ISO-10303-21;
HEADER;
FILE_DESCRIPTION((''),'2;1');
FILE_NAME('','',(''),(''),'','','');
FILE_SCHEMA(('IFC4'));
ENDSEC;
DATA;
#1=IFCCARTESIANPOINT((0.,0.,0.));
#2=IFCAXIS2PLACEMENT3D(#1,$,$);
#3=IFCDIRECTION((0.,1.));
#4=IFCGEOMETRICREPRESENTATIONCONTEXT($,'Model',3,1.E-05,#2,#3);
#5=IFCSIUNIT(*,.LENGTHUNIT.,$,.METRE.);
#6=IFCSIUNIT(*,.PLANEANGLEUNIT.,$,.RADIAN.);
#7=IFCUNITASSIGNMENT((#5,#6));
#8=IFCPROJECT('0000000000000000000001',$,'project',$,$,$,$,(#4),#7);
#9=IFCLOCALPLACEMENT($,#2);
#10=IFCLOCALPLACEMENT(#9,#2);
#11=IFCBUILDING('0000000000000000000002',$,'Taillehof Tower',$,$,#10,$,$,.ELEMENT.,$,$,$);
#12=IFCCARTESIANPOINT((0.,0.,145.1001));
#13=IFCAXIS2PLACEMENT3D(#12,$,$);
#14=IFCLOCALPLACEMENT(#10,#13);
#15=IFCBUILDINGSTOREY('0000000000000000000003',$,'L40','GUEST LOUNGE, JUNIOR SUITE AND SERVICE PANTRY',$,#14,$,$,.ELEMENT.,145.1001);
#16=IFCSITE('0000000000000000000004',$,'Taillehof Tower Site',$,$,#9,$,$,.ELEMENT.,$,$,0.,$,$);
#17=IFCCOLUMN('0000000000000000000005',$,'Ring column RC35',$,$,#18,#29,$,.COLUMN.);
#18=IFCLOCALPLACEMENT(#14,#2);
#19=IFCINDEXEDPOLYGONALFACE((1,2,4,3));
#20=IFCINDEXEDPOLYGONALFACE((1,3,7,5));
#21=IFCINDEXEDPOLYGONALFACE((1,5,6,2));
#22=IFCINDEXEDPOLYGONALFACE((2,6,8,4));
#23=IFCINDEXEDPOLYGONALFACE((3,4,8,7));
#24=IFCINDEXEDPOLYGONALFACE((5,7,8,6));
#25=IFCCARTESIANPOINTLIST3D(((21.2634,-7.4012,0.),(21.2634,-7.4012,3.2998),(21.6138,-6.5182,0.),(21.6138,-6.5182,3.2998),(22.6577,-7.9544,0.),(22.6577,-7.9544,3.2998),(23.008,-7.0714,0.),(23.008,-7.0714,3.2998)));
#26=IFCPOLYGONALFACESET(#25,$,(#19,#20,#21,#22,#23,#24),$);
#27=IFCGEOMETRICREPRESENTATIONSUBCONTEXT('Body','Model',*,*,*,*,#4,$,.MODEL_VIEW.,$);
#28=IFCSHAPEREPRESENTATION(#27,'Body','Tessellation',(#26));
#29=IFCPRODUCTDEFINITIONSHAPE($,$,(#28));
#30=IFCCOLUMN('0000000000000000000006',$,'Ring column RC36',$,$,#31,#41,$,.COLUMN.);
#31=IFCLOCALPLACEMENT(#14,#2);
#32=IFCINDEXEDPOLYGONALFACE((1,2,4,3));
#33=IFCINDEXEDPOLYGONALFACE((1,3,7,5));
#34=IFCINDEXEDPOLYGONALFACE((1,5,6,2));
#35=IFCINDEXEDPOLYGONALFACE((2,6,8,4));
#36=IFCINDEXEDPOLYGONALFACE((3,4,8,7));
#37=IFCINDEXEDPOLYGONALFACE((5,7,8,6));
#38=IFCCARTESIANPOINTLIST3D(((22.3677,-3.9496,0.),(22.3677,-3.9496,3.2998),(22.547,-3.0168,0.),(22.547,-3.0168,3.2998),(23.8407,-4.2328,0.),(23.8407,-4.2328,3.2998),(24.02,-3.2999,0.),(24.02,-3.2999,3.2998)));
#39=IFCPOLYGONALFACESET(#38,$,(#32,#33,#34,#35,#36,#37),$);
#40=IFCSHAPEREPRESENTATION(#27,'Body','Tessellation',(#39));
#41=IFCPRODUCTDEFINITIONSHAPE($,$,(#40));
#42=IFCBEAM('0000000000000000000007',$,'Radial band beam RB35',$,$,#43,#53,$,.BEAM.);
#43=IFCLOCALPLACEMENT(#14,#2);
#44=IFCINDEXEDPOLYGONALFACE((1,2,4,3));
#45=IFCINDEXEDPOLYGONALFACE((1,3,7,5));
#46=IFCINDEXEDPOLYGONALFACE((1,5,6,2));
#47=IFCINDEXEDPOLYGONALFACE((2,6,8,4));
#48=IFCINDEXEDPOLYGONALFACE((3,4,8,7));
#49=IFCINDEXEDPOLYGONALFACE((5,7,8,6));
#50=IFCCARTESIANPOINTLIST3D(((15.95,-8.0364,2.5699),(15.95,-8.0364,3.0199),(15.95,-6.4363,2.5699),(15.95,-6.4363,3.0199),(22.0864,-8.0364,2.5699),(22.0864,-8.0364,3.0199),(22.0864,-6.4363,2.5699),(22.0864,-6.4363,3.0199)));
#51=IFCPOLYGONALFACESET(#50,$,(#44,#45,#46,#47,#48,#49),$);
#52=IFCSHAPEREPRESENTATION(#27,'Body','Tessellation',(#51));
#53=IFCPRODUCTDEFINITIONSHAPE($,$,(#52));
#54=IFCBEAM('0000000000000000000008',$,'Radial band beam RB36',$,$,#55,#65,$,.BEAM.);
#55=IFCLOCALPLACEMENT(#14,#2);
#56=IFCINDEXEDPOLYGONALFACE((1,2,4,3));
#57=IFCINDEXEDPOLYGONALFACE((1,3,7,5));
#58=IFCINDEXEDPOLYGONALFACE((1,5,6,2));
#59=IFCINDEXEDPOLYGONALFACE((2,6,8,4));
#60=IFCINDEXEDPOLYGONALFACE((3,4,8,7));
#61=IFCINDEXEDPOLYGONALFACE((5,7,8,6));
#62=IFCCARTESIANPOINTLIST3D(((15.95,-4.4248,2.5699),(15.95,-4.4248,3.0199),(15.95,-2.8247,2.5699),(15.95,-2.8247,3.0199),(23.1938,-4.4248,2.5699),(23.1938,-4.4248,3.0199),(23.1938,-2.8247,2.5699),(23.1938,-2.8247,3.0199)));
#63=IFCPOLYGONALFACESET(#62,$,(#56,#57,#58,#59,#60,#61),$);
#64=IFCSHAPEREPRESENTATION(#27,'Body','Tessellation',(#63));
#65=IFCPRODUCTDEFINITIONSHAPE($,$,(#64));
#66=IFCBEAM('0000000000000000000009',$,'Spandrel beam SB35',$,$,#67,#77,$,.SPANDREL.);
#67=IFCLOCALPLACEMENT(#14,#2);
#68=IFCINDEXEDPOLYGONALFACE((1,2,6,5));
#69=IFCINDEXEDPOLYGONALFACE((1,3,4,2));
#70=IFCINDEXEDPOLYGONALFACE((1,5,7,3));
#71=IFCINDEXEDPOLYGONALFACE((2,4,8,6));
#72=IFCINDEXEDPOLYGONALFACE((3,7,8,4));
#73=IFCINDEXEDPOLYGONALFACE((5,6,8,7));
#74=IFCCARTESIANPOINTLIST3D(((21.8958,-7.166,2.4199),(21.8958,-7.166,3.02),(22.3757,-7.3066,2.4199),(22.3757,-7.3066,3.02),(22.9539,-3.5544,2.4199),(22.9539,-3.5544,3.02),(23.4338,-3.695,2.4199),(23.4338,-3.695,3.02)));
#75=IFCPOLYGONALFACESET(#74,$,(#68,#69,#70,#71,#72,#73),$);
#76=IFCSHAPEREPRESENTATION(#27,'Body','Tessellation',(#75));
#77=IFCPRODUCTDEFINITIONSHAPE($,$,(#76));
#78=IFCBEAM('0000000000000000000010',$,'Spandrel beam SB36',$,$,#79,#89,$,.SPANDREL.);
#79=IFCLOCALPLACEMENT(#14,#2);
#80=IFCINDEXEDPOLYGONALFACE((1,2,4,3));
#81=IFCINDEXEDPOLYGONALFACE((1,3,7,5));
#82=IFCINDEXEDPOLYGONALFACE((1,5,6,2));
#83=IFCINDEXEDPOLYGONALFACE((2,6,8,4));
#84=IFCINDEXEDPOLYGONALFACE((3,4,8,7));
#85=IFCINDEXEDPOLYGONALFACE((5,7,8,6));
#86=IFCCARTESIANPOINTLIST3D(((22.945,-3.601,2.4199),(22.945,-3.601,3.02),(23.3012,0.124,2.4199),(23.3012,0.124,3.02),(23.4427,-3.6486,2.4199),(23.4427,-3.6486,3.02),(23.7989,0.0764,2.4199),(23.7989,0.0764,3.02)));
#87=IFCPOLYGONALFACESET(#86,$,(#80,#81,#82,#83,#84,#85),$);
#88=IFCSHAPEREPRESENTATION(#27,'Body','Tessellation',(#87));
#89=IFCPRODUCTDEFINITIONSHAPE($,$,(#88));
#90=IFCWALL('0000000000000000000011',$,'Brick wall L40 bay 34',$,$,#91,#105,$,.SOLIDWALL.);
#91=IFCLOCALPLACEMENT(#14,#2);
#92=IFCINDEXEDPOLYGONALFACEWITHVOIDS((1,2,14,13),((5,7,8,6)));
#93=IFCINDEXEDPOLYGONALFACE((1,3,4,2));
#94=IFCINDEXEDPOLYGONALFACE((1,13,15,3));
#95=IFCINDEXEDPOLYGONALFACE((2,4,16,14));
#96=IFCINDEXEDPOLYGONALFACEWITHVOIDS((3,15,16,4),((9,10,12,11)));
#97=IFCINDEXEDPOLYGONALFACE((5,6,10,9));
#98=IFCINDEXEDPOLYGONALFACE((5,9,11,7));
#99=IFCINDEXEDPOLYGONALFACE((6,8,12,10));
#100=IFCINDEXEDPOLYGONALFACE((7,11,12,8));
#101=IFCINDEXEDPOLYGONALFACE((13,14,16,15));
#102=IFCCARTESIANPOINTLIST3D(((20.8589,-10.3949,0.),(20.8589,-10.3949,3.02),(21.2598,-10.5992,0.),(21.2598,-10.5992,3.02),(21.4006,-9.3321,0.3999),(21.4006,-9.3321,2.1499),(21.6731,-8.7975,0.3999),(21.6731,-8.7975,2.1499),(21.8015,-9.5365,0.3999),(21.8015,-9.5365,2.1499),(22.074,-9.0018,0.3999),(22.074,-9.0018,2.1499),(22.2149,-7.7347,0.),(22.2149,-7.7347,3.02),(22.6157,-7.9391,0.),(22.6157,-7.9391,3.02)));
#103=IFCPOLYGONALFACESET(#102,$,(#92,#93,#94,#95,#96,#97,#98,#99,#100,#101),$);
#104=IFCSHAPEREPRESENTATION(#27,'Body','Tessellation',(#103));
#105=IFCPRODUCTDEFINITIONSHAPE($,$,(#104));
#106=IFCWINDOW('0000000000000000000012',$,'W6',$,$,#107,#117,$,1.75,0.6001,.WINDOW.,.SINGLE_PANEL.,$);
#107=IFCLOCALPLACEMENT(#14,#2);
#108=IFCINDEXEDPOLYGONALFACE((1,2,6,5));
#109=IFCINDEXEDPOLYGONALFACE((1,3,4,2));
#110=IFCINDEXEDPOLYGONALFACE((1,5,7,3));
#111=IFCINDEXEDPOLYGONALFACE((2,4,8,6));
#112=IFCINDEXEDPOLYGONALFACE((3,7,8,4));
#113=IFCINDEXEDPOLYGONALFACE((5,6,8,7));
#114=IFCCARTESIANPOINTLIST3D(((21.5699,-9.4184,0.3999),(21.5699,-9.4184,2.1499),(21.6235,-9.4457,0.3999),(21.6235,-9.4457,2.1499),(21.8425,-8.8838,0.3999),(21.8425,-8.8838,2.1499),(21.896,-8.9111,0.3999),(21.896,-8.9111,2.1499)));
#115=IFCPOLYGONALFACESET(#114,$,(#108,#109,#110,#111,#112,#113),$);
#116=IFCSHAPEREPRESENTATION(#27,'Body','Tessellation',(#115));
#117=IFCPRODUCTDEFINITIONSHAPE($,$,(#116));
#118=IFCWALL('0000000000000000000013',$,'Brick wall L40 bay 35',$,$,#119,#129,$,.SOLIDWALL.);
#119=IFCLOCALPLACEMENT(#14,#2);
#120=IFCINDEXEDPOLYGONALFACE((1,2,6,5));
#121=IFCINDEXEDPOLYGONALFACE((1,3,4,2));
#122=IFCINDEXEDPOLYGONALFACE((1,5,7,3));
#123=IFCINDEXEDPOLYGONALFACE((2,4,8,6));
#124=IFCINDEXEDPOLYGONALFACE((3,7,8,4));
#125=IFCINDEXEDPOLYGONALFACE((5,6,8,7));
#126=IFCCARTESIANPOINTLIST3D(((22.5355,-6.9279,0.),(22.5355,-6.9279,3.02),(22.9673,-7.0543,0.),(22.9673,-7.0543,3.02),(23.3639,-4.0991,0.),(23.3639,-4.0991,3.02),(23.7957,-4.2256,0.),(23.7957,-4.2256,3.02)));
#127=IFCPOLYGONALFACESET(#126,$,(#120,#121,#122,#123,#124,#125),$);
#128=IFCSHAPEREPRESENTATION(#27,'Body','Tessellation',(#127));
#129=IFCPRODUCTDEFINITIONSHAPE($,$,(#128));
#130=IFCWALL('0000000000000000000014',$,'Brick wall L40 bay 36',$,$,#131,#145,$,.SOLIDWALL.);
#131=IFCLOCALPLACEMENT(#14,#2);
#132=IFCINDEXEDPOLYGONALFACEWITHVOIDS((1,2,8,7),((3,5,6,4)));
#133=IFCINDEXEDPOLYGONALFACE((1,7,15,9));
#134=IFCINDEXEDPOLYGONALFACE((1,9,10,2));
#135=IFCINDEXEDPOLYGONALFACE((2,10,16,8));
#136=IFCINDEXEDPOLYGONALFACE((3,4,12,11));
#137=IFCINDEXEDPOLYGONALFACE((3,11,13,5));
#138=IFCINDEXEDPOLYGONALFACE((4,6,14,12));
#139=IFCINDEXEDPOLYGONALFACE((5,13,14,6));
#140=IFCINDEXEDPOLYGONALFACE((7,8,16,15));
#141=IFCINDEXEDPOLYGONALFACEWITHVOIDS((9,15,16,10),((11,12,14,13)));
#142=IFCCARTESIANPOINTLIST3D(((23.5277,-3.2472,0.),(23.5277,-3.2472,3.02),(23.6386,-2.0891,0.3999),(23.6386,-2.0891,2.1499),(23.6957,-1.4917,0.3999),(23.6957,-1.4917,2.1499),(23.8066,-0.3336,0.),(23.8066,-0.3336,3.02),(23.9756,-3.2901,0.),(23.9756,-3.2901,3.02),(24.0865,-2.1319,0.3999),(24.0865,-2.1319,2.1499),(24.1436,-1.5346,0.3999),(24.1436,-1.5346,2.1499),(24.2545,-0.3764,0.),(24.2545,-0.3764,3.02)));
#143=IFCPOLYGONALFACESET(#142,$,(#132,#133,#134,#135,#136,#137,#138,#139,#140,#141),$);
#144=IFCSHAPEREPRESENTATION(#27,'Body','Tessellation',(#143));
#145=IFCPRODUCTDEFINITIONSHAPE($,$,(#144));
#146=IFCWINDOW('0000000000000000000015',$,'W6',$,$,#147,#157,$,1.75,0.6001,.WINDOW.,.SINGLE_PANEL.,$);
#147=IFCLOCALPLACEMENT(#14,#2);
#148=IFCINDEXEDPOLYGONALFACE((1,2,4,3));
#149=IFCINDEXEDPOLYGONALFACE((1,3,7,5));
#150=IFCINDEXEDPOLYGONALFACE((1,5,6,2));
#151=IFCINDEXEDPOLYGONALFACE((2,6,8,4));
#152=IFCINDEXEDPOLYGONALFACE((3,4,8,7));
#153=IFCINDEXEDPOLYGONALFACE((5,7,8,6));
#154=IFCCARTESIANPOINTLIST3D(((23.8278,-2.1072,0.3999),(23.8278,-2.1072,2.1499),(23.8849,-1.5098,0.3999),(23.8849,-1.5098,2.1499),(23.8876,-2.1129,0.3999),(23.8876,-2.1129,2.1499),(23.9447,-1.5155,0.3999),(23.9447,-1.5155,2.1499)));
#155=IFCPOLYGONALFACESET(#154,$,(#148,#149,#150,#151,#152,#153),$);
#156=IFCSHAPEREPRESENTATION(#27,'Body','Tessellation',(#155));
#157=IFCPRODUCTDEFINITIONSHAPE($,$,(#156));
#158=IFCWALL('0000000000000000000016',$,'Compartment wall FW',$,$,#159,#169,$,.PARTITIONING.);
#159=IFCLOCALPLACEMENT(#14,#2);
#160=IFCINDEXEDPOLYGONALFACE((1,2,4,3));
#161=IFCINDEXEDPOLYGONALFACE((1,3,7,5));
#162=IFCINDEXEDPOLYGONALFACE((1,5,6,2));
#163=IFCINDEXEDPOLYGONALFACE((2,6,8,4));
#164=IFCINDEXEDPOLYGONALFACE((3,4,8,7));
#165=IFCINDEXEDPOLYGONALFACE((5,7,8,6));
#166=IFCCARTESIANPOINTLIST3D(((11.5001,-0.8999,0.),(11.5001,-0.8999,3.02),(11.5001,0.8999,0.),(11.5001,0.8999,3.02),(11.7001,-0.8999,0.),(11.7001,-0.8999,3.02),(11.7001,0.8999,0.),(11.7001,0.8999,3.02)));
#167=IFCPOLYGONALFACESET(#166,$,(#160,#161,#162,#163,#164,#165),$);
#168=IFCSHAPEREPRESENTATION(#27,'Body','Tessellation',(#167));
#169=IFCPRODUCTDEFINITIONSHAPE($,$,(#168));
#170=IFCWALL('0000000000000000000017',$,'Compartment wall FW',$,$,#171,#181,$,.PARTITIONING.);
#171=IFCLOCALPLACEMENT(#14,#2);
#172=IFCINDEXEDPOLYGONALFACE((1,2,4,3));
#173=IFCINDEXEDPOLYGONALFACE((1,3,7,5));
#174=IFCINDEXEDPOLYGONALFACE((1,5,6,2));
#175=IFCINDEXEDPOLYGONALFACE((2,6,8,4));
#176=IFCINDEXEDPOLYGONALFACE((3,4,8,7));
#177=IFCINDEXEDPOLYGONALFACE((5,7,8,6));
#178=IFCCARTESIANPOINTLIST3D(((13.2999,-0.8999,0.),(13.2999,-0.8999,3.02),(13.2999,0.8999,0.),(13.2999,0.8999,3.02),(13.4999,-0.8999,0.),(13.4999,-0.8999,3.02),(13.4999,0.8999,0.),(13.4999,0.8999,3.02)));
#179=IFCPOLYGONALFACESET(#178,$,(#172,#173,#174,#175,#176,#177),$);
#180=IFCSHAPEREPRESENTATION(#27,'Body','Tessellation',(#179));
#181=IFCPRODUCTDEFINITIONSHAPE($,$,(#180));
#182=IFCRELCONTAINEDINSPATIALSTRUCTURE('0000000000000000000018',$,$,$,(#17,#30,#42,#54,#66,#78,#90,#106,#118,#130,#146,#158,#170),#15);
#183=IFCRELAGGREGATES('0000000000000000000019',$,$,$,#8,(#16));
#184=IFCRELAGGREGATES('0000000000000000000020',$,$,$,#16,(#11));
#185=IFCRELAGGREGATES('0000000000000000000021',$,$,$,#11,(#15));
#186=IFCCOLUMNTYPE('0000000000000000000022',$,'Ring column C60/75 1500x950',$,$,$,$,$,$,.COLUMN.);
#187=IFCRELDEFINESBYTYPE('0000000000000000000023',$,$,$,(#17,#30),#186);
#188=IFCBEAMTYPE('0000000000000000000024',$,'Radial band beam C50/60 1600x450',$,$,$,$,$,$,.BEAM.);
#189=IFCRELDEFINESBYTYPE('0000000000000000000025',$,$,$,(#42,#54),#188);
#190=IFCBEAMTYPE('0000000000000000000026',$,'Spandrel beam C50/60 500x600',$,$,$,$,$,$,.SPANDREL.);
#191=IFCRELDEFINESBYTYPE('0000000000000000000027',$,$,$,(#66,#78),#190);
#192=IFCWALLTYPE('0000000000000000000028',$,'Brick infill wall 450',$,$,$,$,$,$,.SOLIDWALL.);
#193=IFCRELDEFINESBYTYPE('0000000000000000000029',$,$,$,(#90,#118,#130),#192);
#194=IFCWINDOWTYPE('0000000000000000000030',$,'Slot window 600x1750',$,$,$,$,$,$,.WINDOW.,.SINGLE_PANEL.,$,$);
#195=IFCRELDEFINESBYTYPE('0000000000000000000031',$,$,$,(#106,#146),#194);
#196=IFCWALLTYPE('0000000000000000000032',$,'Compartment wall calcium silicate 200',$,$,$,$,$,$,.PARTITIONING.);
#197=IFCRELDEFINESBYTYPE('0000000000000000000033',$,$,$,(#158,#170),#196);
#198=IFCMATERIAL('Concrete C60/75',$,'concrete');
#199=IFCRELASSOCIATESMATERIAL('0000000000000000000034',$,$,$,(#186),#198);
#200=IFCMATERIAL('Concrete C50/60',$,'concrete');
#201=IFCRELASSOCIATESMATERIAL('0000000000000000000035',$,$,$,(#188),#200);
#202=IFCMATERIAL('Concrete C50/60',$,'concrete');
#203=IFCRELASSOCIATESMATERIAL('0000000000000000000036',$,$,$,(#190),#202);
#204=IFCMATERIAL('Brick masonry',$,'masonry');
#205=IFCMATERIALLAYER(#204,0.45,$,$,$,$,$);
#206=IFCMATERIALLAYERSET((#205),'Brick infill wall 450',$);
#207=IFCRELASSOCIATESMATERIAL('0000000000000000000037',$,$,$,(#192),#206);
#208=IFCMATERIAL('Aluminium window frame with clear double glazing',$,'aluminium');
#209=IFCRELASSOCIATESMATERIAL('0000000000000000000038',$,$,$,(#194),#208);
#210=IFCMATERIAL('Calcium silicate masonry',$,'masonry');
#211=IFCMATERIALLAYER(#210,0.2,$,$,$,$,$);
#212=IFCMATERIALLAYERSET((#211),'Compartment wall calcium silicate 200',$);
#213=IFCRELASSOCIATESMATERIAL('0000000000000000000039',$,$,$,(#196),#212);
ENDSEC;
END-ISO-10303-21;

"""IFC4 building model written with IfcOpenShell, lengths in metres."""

from ifc_helpers import new_model, si_unit, direction, frame, frame_2d, origin, origin_2d, place, context, subcontext, project, spatial, rectangle, extrude, material, layer, layer_set, material_profile, profile_set, type_object, element, fill, save


model = new_model("IFC4")

# Units and contexts
model_context = context("Model", 3, precision=1e-05, world=origin(), true_north=direction((0.0, 1.0)))
body_context = subcontext(model_context, "Body", "Model", "MODEL_VIEW")
ifc_project = project(units=[si_unit("LENGTHUNIT", "METRE"), si_unit("PLANEANGLEUNIT", "RADIAN")], contexts=[model_context])

# Site, building, storey
site_placement = place(None, origin())
site = spatial("IfcSite", under=ifc_project, at=site_placement, Name="Taillehof Tower Site", CompositionType="ELEMENT", RefElevation=0.0)
building_placement = place(site_placement, origin())
building = spatial("IfcBuilding", under=site, at=building_placement, Name="Taillehof Tower", CompositionType="ELEMENT")
storey_placement = place(building_placement, frame((0.0, 0.0, 145.1001)))
storey = spatial("IfcBuildingStorey", under=building, at=storey_placement, Name="L40", Description="GUEST LOUNGE, JUNIOR SUITE AND SERVICE PANTRY", CompositionType="ELEMENT", Elevation=145.1001)

# Columns
ifc_material_1 = material(Name="Concrete C60/75", Category="concrete")
ifc_material_profile_1 = material_profile(ifc_material_1, rectangle(XDim=1.5, YDim=0.95, at=origin_2d()), Name="RC 1500x950")
ifc_profile_set_1 = profile_set([ifc_material_profile_1], Name="Concrete C60/75")
column_type = type_object("IfcColumnType", Name="Ring column C60/75 1500x950", PredefinedType="COLUMN", material=ifc_profile_set_1)
for number, where, z_axis, x_axis, name in (
    (1, (22.1357, -7.2363, 0.0), (0.0, 0.0, 1.0), (0.929511, -0.368793, 0.0), "Ring column RC35"),
    (2, (23.1938, -3.6248, 0.0), (0.0, 0.0, 1.0), (0.982024, -0.188757, 0.0), "Ring column RC36"),
):
    element("IfcColumn", number, at=place(storey_placement, frame(where, z_axis=z_axis, x_axis=x_axis)), inside=storey, type_object=column_type, Name=name, PredefinedType="COLUMN", context=body_context, shape_type="SweptSolid", body=[
        extrude(rectangle(XDim=1.5, YDim=0.95, at=origin_2d()), origin(), (0.0, 0.0, 1.0), 3.2998),
    ])

# Beams
ifc_material_2 = material(Name="Concrete C50/60", Category="concrete")
ifc_material_profile_2 = material_profile(ifc_material_2, rectangle(XDim=1.6001, YDim=0.45, at=origin_2d()), Name="RC 1600x450")
ifc_profile_set_2 = profile_set([ifc_material_profile_2], Name="Concrete C50/60")
beam_type_1 = type_object("IfcBeamType", Name="Radial band beam C50/60 1600x450", PredefinedType="BEAM", material=ifc_profile_set_2)
beam_1_placement = place(storey_placement, frame((22.0864, -7.2363, 2.7949), z_axis=(-1.0, 0.0, 0.0), x_axis=(0.0, -1.0, 0.0)))
element("IfcBeam", 3, at=beam_1_placement, inside=storey, type_object=beam_type_1, Name="Radial band beam RB35", PredefinedType="BEAM", context=body_context, shape_type="SweptSolid", body=[
    extrude(rectangle(XDim=1.6001, YDim=0.45, at=origin_2d()), origin(), (0.0, 0.0, 1.0), 6.1365),
])
beam_2_placement = place(storey_placement, frame((23.1938, -3.6248, 2.7949), z_axis=(-1.0, 0.0, 0.0), x_axis=(0.0, -1.0, 0.0)))
element("IfcBeam", 4, at=beam_2_placement, inside=storey, type_object=beam_type_1, Name="Radial band beam RB36", PredefinedType="BEAM", context=body_context, shape_type="SweptSolid", body=[
    extrude(rectangle(XDim=1.6001, YDim=0.45, at=origin_2d()), origin(), (0.0, 0.0, 1.0), 7.2439),
])
ifc_material_3 = material(Name="Concrete C50/60", Category="concrete")
ifc_material_profile_3 = material_profile(ifc_material_3, rectangle(XDim=0.5, YDim=0.6001, at=origin_2d()), Name="RC 500x600")
ifc_profile_set_3 = profile_set([ifc_material_profile_3], Name="Concrete C50/60")
beam_type_2 = type_object("IfcBeamType", Name="Spandrel beam C50/60 500x600", PredefinedType="SPANDREL", material=ifc_profile_set_3)
beam_3_placement = place(storey_placement, frame((22.1357, -7.2363, 2.72), z_axis=(0.281158, 0.959661, 0.0), x_axis=(-0.959661, 0.281158, 0.0)))
element("IfcBeam", 5, at=beam_3_placement, inside=storey, type_object=beam_type_2, Name="Spandrel beam SB35", PredefinedType="SPANDREL", context=body_context, shape_type="SweptSolid", body=[
    extrude(rectangle(XDim=0.5, YDim=0.6001, at=origin_2d()), origin(), (0.0, 0.0, 1.0), 3.7634),
])
beam_4_placement = place(storey_placement, frame((23.1938, -3.6248, 2.72), z_axis=(0.095194, 0.995459, 0.0), x_axis=(-0.995459, 0.095194, 0.0)))
element("IfcBeam", 6, at=beam_4_placement, inside=storey, type_object=beam_type_2, Name="Spandrel beam SB36", PredefinedType="SPANDREL", context=body_context, shape_type="SweptSolid", body=[
    extrude(rectangle(XDim=0.5, YDim=0.6001, at=origin_2d()), origin(), (0.0, 0.0, 1.0), 3.7419),
])

# Wall, opening, window
ifc_material_4 = material(Name="Brick masonry", Category="masonry")
ifc_layer_1 = layer(ifc_material_4, 0.45)
ifc_layer_set_1 = layer_set([ifc_layer_1], Name="Brick infill wall 450")
wall_type_1 = type_object("IfcWallType", Name="Brick infill wall 450", PredefinedType="SOLIDWALL", material=ifc_layer_set_1)
wall_1_placement = place(storey_placement, frame((21.0593, -10.4971, 0.0), z_axis=(0.0, 0.0, 1.0), x_axis=(0.454134, 0.890933, 0.0)))
wall_1 = element("IfcWall", 7, at=wall_1_placement, inside=storey, type_object=wall_type_1, Name="Brick wall L40 bay 34", PredefinedType="SOLIDWALL", context=body_context, shape_type="SweptSolid", body=[
    extrude(rectangle(XDim=2.9858, YDim=0.45, at=frame_2d((1.4929, 0.0))), origin(), (0.0, 0.0, 1.0), 3.02),
])
opening_1_placement = place(wall_1_placement, frame((1.1929, 0.0, 0.3999)))
opening_1 = element("IfcOpeningElement", 8, at=opening_1_placement, cuts=wall_1, PredefinedType="OPENING", context=body_context, shape_type="SweptSolid", body=[
    extrude(rectangle(XDim=0.6001, YDim=1.75, at=frame_2d((0.3, 0.875))), frame((0.0, 0.2349, 0.0), z_axis=(0.0, -1.0, 0.0), x_axis=(1.0, 0.0, 0.0)), (0.0, 0.0, 1.0), 0.47),
])
ifc_material_5 = material(Name="Aluminium window frame with clear double glazing", Category="aluminium")
window_type = type_object("IfcWindowType", Name="Slot window 600x1750", PartitioningType="SINGLE_PANEL", PredefinedType="WINDOW", material=ifc_material_5)
window_1_placement = place(opening_1_placement, origin())
window_1 = element("IfcWindow", 9, at=window_1_placement, inside=storey, type_object=window_type, Name="W6", OverallHeight=1.75, OverallWidth=0.6001, PartitioningType="SINGLE_PANEL", PredefinedType="WINDOW", context=body_context, shape_type="SweptSolid", body=[
    extrude(rectangle(XDim=0.6001, YDim=1.75, at=frame_2d((0.3, 0.875))), frame((0.0, 0.0349, 0.0), z_axis=(0.0, -1.0, 0.0), x_axis=(1.0, 0.0, 0.0)), (0.0, 0.0, 1.0), 0.0601),
])
fill(opening_1, window_1)

# Wall
wall_2_placement = place(storey_placement, frame((22.7515, -6.991, 0.0), z_axis=(0.0, 0.0, 1.0), x_axis=(0.281049, 0.959693, 0.0)))
element("IfcWall", 10, at=wall_2_placement, inside=storey, type_object=wall_type_1, Name="Brick wall L40 bay 35", PredefinedType="SOLIDWALL", context=body_context, shape_type="SweptSolid", body=[
    extrude(rectangle(XDim=2.9475, YDim=0.45, at=frame_2d((1.4736, 0.0))), origin(), (0.0, 0.0, 1.0), 3.02),
])

# Wall, opening, window
wall_3_placement = place(storey_placement, frame((23.7517, -3.2686, 0.0), z_axis=(0.0, 0.0, 1.0), x_axis=(0.095258, 0.995453, 0.0)))
wall_3 = element("IfcWall", 11, at=wall_3_placement, inside=storey, type_object=wall_type_1, Name="Brick wall L40 bay 36", PredefinedType="SOLIDWALL", context=body_context, shape_type="SweptSolid", body=[
    extrude(rectangle(XDim=2.927, YDim=0.45, at=frame_2d((1.4634, 0.0))), origin(), (0.0, 0.0, 1.0), 3.02),
])
opening_2_placement = place(wall_3_placement, frame((1.1633, 0.0, 0.3999)))
opening_2 = element("IfcOpeningElement", 12, at=opening_2_placement, cuts=wall_3, PredefinedType="OPENING", context=body_context, shape_type="SweptSolid", body=[
    extrude(rectangle(XDim=0.6001, YDim=1.75, at=frame_2d((0.3, 0.875))), frame((0.0, 0.2349, 0.0), z_axis=(0.0, -1.0, 0.0), x_axis=(1.0, 0.0, 0.0)), (0.0, 0.0, 1.0), 0.47),
])
window_2_placement = place(opening_2_placement, origin())
window_2 = element("IfcWindow", 13, at=window_2_placement, inside=storey, type_object=window_type, Name="W6", OverallHeight=1.75, OverallWidth=0.6001, PartitioningType="SINGLE_PANEL", PredefinedType="WINDOW", context=body_context, shape_type="SweptSolid", body=[
    extrude(rectangle(XDim=0.6001, YDim=1.75, at=frame_2d((0.3, 0.875))), frame((0.0, 0.0349, 0.0), z_axis=(0.0, -1.0, 0.0), x_axis=(1.0, 0.0, 0.0)), (0.0, 0.0, 1.0), 0.0601),
])
fill(opening_2, window_2)

# Walls
ifc_material_6 = material(Name="Calcium silicate masonry", Category="masonry")
ifc_layer_2 = layer(ifc_material_6, 0.2)
ifc_layer_set_2 = layer_set([ifc_layer_2], Name="Compartment wall calcium silicate 200")
wall_type_2 = type_object("IfcWallType", Name="Compartment wall calcium silicate 200", PredefinedType="PARTITIONING", material=ifc_layer_set_2)
for number, where, z_axis, x_axis, name in (
    (14, (11.6001, -0.8999, 0.0), (0.0, 0.0, 1.0), (0.0, 1.0, 0.0), "Compartment wall FW"),
    (15, (13.3999, -0.8999, 0.0), (0.0, 0.0, 1.0), (0.0, 1.0, 0.0), "Compartment wall FW"),
):
    element("IfcWall", number, at=place(storey_placement, frame(where, z_axis=z_axis, x_axis=x_axis)), inside=storey, type_object=wall_type_2, Name=name, PredefinedType="PARTITIONING", context=body_context, shape_type="SweptSolid", body=[
        extrude(rectangle(XDim=1.7998, YDim=0.2, at=frame_2d((0.8999, 0.0))), origin(), (0.0, 0.0, 1.0), 3.02),
    ])

save(model, "model.ifc")
